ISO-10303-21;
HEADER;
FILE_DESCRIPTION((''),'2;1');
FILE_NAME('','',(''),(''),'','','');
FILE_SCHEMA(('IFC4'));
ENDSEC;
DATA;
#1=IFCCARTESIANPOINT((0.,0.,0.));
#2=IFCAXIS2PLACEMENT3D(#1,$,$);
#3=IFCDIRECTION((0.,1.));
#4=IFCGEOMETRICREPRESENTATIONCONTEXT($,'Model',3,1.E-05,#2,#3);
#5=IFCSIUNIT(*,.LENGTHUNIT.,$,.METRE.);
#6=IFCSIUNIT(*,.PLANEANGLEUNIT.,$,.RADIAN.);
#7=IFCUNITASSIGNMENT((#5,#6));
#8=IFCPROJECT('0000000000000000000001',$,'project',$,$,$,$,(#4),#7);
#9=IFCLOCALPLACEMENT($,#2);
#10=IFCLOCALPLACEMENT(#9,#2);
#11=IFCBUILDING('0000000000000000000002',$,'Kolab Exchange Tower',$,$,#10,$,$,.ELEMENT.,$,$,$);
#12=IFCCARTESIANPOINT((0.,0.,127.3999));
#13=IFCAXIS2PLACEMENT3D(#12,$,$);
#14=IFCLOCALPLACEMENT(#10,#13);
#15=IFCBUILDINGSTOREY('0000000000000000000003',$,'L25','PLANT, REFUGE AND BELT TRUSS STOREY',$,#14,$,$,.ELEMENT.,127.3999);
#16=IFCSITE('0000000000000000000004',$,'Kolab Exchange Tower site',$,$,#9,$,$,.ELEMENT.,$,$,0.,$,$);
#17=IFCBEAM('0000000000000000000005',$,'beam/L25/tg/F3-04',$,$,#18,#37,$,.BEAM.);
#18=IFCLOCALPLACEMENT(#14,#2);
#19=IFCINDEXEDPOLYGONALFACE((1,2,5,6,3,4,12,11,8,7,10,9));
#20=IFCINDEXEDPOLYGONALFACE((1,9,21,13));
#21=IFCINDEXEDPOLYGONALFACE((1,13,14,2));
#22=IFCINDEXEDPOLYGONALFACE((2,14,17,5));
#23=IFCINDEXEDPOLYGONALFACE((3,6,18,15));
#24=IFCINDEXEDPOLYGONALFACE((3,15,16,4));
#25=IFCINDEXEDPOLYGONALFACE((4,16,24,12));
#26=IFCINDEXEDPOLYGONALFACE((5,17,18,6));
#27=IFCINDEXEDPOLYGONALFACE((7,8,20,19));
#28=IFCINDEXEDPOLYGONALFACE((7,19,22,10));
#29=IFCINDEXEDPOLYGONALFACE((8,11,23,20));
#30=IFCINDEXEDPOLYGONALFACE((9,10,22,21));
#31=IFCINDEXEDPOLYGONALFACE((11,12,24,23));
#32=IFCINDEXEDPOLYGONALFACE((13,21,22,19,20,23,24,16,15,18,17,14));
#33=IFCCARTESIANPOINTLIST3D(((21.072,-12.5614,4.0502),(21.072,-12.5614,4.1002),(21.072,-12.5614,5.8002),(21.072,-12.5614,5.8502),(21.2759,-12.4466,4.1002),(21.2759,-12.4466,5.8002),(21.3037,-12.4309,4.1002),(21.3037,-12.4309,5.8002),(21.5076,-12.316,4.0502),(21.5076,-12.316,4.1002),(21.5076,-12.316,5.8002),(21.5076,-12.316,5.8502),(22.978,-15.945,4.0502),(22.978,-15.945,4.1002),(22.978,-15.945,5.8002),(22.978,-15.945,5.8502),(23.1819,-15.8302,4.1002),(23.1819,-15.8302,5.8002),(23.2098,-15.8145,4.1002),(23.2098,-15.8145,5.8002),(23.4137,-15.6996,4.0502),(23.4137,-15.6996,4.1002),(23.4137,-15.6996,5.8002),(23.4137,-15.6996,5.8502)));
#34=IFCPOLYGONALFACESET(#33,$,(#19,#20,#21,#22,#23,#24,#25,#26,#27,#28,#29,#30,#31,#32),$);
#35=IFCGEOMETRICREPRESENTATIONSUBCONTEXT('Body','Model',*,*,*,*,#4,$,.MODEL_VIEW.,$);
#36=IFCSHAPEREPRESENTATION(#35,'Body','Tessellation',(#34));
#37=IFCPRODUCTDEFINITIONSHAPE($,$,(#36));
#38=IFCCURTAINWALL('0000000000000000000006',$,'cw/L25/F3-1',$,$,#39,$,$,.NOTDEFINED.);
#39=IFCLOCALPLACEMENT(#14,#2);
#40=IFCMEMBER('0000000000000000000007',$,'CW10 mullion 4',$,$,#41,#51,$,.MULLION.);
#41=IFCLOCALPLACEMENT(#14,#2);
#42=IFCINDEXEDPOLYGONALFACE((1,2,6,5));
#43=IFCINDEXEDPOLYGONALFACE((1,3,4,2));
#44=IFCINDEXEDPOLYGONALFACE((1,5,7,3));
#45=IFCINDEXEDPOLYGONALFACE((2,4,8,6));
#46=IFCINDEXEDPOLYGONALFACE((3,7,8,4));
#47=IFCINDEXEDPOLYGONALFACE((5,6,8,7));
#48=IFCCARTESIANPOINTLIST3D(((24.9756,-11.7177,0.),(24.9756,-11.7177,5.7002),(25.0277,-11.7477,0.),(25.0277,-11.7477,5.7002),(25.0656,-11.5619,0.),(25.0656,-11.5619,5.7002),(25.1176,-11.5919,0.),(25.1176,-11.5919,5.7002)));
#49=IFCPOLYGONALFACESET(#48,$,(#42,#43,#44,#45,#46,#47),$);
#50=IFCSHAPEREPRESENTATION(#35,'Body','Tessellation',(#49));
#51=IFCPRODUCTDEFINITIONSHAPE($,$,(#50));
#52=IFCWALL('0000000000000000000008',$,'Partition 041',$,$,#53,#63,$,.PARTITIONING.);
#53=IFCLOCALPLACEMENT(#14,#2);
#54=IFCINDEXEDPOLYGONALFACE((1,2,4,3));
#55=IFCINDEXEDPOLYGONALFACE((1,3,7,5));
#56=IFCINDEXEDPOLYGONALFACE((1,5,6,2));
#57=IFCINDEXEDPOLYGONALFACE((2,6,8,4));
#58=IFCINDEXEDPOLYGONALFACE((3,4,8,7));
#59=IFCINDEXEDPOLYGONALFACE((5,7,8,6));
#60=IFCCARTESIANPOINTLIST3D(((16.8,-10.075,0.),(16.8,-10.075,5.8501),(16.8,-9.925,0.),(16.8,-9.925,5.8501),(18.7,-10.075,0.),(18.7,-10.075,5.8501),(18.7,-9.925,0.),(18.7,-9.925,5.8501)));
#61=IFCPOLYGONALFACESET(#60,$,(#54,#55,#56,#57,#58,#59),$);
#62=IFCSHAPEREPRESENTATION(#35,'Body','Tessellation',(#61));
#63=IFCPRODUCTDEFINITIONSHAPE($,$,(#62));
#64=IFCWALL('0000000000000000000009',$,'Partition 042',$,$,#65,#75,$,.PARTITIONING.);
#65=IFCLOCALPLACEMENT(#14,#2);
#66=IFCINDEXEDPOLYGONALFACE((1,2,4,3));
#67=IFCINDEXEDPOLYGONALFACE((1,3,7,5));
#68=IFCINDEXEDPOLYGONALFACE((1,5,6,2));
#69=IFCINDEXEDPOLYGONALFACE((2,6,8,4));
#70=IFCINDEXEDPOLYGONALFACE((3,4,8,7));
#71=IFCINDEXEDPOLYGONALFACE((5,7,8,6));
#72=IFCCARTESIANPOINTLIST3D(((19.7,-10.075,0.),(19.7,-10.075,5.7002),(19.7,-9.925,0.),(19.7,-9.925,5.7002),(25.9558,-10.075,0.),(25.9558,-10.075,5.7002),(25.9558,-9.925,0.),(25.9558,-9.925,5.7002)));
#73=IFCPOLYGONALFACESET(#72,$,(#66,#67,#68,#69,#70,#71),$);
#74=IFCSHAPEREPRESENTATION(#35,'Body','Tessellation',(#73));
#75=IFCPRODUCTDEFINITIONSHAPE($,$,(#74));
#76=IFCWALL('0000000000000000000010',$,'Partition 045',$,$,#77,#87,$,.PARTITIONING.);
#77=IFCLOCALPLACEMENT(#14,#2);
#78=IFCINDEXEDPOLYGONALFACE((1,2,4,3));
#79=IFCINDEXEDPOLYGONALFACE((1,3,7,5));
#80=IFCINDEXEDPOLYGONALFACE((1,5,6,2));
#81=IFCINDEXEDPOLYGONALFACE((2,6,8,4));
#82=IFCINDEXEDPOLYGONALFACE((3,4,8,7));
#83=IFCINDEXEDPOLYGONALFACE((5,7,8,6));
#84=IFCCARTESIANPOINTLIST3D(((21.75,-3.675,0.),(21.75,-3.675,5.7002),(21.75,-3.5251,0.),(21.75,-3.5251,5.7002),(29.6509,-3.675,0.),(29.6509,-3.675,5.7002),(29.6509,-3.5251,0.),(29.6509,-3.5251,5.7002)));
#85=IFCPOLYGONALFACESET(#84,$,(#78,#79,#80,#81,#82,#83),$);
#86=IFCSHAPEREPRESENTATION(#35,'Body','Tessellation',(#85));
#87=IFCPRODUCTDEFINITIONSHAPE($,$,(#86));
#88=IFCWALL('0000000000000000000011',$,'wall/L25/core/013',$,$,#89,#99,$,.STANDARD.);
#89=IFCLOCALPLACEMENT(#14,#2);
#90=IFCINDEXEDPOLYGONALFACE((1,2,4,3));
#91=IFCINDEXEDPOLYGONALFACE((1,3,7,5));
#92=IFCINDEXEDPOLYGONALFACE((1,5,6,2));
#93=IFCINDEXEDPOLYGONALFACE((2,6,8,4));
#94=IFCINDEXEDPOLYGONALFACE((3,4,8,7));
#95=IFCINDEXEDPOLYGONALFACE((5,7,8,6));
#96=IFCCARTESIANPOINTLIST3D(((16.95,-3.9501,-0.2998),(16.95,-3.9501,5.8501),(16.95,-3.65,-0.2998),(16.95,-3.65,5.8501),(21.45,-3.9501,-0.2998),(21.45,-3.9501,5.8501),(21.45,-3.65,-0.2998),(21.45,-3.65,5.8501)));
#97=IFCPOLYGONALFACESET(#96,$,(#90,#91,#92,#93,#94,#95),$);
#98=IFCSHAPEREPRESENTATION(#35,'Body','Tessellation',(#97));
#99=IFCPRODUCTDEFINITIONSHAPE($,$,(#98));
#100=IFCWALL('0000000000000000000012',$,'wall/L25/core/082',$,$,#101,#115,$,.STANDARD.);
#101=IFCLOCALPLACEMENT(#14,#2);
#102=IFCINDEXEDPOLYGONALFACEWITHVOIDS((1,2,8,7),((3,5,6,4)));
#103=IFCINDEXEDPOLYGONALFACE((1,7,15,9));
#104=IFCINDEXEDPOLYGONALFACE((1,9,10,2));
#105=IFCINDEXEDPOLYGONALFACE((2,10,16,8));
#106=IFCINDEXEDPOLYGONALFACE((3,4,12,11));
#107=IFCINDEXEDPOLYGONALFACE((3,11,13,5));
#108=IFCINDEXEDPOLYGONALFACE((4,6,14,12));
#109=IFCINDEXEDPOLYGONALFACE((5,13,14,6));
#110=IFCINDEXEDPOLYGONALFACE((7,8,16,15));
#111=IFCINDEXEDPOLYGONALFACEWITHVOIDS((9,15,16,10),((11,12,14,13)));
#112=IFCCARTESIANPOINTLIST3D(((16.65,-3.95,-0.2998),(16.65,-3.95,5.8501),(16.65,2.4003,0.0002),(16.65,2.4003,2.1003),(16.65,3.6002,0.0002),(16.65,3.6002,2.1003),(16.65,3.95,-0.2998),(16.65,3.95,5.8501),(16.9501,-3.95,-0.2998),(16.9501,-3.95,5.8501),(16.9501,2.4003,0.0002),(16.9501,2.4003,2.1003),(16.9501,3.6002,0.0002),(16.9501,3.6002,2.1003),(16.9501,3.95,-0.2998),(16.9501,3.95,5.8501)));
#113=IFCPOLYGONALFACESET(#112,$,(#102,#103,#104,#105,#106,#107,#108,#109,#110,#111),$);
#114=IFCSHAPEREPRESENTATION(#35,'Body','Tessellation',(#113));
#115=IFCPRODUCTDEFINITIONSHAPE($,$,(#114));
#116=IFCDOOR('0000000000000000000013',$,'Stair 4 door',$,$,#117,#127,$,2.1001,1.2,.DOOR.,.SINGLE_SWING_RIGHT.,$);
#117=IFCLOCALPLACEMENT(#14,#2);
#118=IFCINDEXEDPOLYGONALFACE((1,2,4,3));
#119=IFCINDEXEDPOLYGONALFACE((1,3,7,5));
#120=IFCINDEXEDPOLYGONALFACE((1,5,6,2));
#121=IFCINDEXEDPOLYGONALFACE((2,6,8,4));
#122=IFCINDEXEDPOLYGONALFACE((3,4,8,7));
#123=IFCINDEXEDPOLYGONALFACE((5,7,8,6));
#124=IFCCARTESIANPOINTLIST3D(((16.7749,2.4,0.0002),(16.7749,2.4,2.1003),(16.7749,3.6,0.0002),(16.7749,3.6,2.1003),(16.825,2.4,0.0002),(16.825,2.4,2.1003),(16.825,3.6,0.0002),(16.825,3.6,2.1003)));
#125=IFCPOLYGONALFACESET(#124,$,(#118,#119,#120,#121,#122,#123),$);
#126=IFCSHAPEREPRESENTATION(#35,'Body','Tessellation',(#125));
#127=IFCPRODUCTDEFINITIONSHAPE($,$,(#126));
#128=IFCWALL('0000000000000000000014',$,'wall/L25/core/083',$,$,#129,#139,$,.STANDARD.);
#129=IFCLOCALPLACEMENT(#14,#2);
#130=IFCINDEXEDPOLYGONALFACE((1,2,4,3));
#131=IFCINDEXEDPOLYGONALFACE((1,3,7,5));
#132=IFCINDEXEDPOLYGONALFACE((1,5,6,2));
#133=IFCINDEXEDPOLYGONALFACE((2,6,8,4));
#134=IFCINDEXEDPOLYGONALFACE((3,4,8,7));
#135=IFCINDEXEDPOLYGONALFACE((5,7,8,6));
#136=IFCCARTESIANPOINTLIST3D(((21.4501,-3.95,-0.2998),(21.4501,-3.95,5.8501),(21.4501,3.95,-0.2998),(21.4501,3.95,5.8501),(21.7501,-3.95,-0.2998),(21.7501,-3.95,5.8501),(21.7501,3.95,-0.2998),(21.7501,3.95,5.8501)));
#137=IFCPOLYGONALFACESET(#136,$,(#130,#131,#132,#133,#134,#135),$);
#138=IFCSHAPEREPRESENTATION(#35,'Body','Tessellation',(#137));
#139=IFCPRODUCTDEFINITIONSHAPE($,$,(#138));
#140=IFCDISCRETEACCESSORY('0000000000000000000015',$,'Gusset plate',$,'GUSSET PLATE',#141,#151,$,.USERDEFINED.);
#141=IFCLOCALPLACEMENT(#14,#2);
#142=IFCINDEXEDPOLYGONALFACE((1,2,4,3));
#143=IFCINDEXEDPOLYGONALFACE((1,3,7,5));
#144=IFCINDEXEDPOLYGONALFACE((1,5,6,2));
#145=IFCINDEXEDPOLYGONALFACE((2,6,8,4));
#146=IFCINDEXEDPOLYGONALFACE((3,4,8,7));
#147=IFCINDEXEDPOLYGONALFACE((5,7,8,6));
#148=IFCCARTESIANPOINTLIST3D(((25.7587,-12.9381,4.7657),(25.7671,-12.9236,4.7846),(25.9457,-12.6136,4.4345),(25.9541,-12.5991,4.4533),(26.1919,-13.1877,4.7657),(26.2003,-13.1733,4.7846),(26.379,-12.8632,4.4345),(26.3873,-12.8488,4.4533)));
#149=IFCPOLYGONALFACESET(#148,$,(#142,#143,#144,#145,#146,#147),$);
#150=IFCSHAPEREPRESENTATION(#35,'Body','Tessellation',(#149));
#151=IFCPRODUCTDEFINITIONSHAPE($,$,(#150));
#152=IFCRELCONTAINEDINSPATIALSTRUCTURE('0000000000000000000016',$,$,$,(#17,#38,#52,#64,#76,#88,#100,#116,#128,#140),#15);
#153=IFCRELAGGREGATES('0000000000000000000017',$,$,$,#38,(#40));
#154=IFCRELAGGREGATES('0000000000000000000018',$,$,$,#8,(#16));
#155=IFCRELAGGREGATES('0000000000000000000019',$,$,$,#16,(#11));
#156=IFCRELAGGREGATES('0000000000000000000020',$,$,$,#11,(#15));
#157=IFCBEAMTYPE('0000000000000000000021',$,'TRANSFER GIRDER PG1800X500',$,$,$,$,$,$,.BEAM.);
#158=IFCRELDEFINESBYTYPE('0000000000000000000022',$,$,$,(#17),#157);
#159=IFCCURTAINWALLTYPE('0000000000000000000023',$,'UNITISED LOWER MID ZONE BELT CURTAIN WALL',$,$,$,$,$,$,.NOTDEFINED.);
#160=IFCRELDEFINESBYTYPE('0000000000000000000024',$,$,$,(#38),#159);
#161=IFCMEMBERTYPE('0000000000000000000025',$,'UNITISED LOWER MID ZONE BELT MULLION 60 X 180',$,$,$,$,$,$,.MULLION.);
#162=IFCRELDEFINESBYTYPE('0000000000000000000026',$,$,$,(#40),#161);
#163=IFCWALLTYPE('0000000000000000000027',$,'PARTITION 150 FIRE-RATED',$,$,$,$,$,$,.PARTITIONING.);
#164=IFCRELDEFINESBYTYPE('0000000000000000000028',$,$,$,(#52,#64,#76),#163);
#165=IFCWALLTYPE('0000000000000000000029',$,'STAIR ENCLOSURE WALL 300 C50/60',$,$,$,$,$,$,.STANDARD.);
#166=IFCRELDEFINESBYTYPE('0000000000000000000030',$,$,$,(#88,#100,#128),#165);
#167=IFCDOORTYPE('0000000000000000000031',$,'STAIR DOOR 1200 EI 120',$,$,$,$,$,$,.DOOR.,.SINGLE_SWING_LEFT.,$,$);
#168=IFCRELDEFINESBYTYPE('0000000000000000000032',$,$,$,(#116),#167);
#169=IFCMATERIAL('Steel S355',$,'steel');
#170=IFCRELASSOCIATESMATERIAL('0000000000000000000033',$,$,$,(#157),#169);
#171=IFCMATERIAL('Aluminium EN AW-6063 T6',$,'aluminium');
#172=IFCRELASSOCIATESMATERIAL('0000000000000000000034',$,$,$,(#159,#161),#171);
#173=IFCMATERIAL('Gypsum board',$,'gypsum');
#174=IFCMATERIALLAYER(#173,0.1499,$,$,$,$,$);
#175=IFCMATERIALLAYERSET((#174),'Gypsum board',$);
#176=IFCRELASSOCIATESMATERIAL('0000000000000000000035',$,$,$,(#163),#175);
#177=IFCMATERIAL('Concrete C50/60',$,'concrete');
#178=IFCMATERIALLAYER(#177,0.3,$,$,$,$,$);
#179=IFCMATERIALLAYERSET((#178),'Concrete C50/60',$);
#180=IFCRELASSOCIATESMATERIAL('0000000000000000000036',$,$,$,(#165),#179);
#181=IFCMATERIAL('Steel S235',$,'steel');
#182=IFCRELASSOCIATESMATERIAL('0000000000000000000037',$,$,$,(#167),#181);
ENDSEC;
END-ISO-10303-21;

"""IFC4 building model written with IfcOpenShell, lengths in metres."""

from ifc_helpers import new_model, si_unit, direction, frame, frame_2d, origin, origin_2d, place, context, subcontext, project, spatial, rectangle, i_section, extrude, material, layer, layer_set, material_profile, profile_set, type_object, element, fill, aggregate, save


model = new_model("IFC4")

# Units and contexts
model_context = context("Model", 3, precision=1e-05, world=origin(), true_north=direction((0.0, 1.0)))
body_context = subcontext(model_context, "Body", "Model", "MODEL_VIEW")
ifc_project = project(units=[si_unit("LENGTHUNIT", "METRE"), si_unit("PLANEANGLEUNIT", "RADIAN")], contexts=[model_context])

# Site, building, storey
site_placement = place(None, origin())
site = spatial("IfcSite", under=ifc_project, at=site_placement, Name="Kolab Exchange Tower site", CompositionType="ELEMENT", RefElevation=0.0)
building_placement = place(site_placement, origin())
building = spatial("IfcBuilding", under=site, at=building_placement, Name="Kolab Exchange Tower", CompositionType="ELEMENT")
storey_placement = place(building_placement, frame((0.0, 0.0, 127.3999)))
storey = spatial("IfcBuildingStorey", under=building, at=storey_placement, Name="L25", Description="PLANT, REFUGE AND BELT TRUSS STOREY", CompositionType="ELEMENT", Elevation=127.3999)

# Shared definitions
ifc_material_1 = material(Name="Steel S355", Category="steel")

# Beam
ifc_material_profile_1 = material_profile(ifc_material_1, i_section(OverallWidth=0.5, OverallDepth=1.8, WebThickness=0.032, FlangeThickness=0.05, at=origin_2d()), Name="PG1800X500")
ifc_profile_set_1 = profile_set([ifc_material_profile_1], Name="Steel S355")
beam_type_1 = type_object("IfcBeamType", Name="TRANSFER GIRDER PG1800X500", PredefinedType="BEAM", material=ifc_profile_set_1)
for number, where, z_axis, x_axis, name in (
    (1, (21.2898, -12.4387, 4.9502), (0.490801, -0.871271, 0.0), (0.871271, 0.490801, 0.0), "beam/L25/tg/F3-04"),
):
    element("IfcBeam", number, at=place(storey_placement, frame(where, z_axis=z_axis, x_axis=x_axis)), inside=storey, type_object=beam_type_1, Name=name, PredefinedType="BEAM", context=body_context, shape_type="SweptSolid", body=[
        extrude(i_section(OverallWidth=0.5, OverallDepth=1.8, WebThickness=0.032, FlangeThickness=0.05, at=origin_2d()), origin(), (0.0, 0.0, 1.0), 3.8835),
    ])

# Curtain wall, member
ifc_material_2 = material(Name="Aluminium EN AW-6063 T6", Category="aluminium")
curtain_wall_type = type_object("IfcCurtainWallType", Name="UNITISED LOWER MID ZONE BELT CURTAIN WALL", PredefinedType="NOTDEFINED", material=ifc_material_2)
curtain_wall_placement = place(storey_placement, origin())
curtain_wall = element("IfcCurtainWall", 2, at=curtain_wall_placement, inside=storey, type_object=curtain_wall_type, Name="cw/L25/F3-1", PredefinedType="NOTDEFINED")
ifc_material_profile_2 = material_profile(ifc_material_2, rectangle(XDim=0.0601, YDim=0.1799, at=origin_2d()), Name="RECT 60X180")
ifc_profile_set_2 = profile_set([ifc_material_profile_2], Name="Aluminium EN AW-6063 T6")
member_type_1 = type_object("IfcMemberType", Name="UNITISED LOWER MID ZONE BELT MULLION 60 X 180", PredefinedType="MULLION", material=ifc_profile_set_2)
member_1_placement = place(storey_placement, frame((25.0466, -11.6548, 0.0), z_axis=(0.0, 0.0, 1.0), x_axis=(0.866025, -0.5, 0.0)))
member_1 = element("IfcMember", 3, at=member_1_placement, type_object=member_type_1, Name="CW10 mullion 4", PredefinedType="MULLION", context=body_context, shape_type="SweptSolid", body=[
    extrude(rectangle(XDim=0.0601, YDim=0.1799, at=origin_2d()), origin(), (0.0, 0.0, 1.0), 5.7002),
])
aggregate(curtain_wall, [member_1])

# Walls
ifc_material_3 = material(Name="Gypsum board", Category="gypsum")
ifc_layer_1 = layer(ifc_material_3, 0.1499)
ifc_layer_set_1 = layer_set([ifc_layer_1], Name="Gypsum board")
wall_type_1 = type_object("IfcWallType", Name="PARTITION 150 FIRE-RATED", PredefinedType="PARTITIONING", material=ifc_layer_set_1)
wall_1_placement = place(storey_placement, frame((16.8, -10.0, 0.0), z_axis=(0.0, 0.0, 1.0), x_axis=(1.0, 0.0, 0.0)))
element("IfcWall", 4, at=wall_1_placement, inside=storey, type_object=wall_type_1, Name="Partition 041", PredefinedType="PARTITIONING", context=body_context, shape_type="SweptSolid", body=[
    extrude(rectangle(XDim=1.8999, YDim=0.1499, at=frame_2d((0.95, 0.0))), origin(), (0.0, 0.0, 1.0), 5.8501),
])
wall_2_placement = place(storey_placement, frame((19.7, -10.0, 0.0), z_axis=(0.0, 0.0, 1.0), x_axis=(1.0, 0.0, 0.0)))
element("IfcWall", 5, at=wall_2_placement, inside=storey, type_object=wall_type_1, Name="Partition 042", PredefinedType="PARTITIONING", context=body_context, shape_type="SweptSolid", body=[
    extrude(rectangle(XDim=6.2559, YDim=0.1499, at=frame_2d((3.1279, 0.0))), origin(), (0.0, 0.0, 1.0), 5.7002),
])
wall_3_placement = place(storey_placement, frame((21.75, -3.6001, 0.0), z_axis=(0.0, 0.0, 1.0), x_axis=(1.0, 0.0, 0.0)))
element("IfcWall", 6, at=wall_3_placement, inside=storey, type_object=wall_type_1, Name="Partition 045", PredefinedType="PARTITIONING", context=body_context, shape_type="SweptSolid", body=[
    extrude(rectangle(XDim=7.9009, YDim=0.1499, at=frame_2d((3.9504, 0.0))), origin(), (0.0, 0.0, 1.0), 5.7002),
])
ifc_material_4 = material(Name="Concrete C50/60", Category="concrete")
ifc_layer_2 = layer(ifc_material_4, 0.3)
ifc_layer_set_2 = layer_set([ifc_layer_2], Name="Concrete C50/60")
wall_type_2 = type_object("IfcWallType", Name="STAIR ENCLOSURE WALL 300 C50/60", PredefinedType="STANDARD", material=ifc_layer_set_2)
wall_4_placement = place(storey_placement, frame((16.95, -3.8, -0.2998), z_axis=(0.0, 0.0, 1.0), x_axis=(1.0, 0.0, 0.0)))
element("IfcWall", 7, at=wall_4_placement, inside=storey, type_object=wall_type_2, Name="wall/L25/core/013", PredefinedType="STANDARD", context=body_context, shape_type="SweptSolid", body=[
    extrude(rectangle(XDim=4.5, YDim=0.3, at=frame_2d((2.25, 0.0))), origin(), (0.0, 0.0, 1.0), 6.1499),
])

# Wall, opening, door
wall_5_placement = place(storey_placement, frame((16.8, -3.95, -0.2998), z_axis=(0.0, 0.0, 1.0), x_axis=(0.0, 1.0, 0.0)))
wall_5 = element("IfcWall", 8, at=wall_5_placement, inside=storey, type_object=wall_type_2, Name="wall/L25/core/082", PredefinedType="STANDARD", context=body_context, shape_type="SweptSolid", body=[
    extrude(rectangle(XDim=7.8999, YDim=0.3, at=frame_2d((3.95, 0.0))), origin(), (0.0, 0.0, 1.0), 6.1499),
])
opening_1_placement = place(wall_5_placement, frame((6.3501, 0.0, 0.3)))
opening_1 = element("IfcOpeningElement", 9, at=opening_1_placement, cuts=wall_5, PredefinedType="OPENING", context=body_context, shape_type="SweptSolid", body=[
    extrude(rectangle(XDim=1.2, YDim=2.1001, at=frame_2d((0.6001, 1.05))), frame((0.0, 0.1602, 0.0), z_axis=(0.0, -1.0, 0.0), x_axis=(1.0, 0.0, 0.0)), (0.0, 0.0, 1.0), 0.3201),
])
ifc_material_5 = material(Name="Steel S235", Category="steel")
door_type_1 = type_object("IfcDoorType", Name="STAIR DOOR 1200 EI 120", OperationType="SINGLE_SWING_LEFT", PredefinedType="DOOR", material=ifc_material_5)
door_1_placement = place(opening_1_placement, frame((1.2, 0.0, 0.0), z_axis=(0.0, 0.0, 1.0), x_axis=(-1.0, 0.0, 0.0)))
door_1 = element("IfcDoor", 10, at=door_1_placement, inside=storey, type_object=door_type_1, Name="Stair 4 door", OperationType="SINGLE_SWING_RIGHT", OverallHeight=2.1001, OverallWidth=1.2, PredefinedType="DOOR", context=body_context, shape_type="SweptSolid", body=[
    extrude(rectangle(XDim=1.2, YDim=2.1001, at=frame_2d((0.6001, 1.05))), frame((0.0, 0.0249, 0.0), z_axis=(0.0, -1.0, 0.0), x_axis=(1.0, 0.0, 0.0)), (0.0, 0.0, 1.0), 0.05),
])
fill(opening_1, door_1)

# Wall
wall_6_placement = place(storey_placement, frame((21.6001, -3.95, -0.2998), z_axis=(0.0, 0.0, 1.0), x_axis=(0.0, 1.0, 0.0)))
element("IfcWall", 11, at=wall_6_placement, inside=storey, type_object=wall_type_2, Name="wall/L25/core/083", PredefinedType="STANDARD", context=body_context, shape_type="SweptSolid", body=[
    extrude(rectangle(XDim=7.8999, YDim=0.3, at=frame_2d((3.95, 0.0))), origin(), (0.0, 0.0, 1.0), 6.1499),
])

# Discrete accessory
discrete_accessory_placement = place(storey_placement, frame((26.0688, -12.9006, 4.6001), z_axis=(0.330768, 0.57398, 0.749092), x_axis=(-0.86643, 0.499299, 0.0)))
element("IfcDiscreteAccessory", 12, at=discrete_accessory_placement, inside=storey, Name="Gusset plate", ObjectType="GUSSET PLATE", PredefinedType="USERDEFINED", context=body_context, shape_type="SweptSolid", body=[
    extrude(rectangle(XDim=0.5, YDim=0.5, at=origin_2d()), origin(), (0.0, 0.0, 1.0), 0.0251),
])

save(model, "model.ifc")
